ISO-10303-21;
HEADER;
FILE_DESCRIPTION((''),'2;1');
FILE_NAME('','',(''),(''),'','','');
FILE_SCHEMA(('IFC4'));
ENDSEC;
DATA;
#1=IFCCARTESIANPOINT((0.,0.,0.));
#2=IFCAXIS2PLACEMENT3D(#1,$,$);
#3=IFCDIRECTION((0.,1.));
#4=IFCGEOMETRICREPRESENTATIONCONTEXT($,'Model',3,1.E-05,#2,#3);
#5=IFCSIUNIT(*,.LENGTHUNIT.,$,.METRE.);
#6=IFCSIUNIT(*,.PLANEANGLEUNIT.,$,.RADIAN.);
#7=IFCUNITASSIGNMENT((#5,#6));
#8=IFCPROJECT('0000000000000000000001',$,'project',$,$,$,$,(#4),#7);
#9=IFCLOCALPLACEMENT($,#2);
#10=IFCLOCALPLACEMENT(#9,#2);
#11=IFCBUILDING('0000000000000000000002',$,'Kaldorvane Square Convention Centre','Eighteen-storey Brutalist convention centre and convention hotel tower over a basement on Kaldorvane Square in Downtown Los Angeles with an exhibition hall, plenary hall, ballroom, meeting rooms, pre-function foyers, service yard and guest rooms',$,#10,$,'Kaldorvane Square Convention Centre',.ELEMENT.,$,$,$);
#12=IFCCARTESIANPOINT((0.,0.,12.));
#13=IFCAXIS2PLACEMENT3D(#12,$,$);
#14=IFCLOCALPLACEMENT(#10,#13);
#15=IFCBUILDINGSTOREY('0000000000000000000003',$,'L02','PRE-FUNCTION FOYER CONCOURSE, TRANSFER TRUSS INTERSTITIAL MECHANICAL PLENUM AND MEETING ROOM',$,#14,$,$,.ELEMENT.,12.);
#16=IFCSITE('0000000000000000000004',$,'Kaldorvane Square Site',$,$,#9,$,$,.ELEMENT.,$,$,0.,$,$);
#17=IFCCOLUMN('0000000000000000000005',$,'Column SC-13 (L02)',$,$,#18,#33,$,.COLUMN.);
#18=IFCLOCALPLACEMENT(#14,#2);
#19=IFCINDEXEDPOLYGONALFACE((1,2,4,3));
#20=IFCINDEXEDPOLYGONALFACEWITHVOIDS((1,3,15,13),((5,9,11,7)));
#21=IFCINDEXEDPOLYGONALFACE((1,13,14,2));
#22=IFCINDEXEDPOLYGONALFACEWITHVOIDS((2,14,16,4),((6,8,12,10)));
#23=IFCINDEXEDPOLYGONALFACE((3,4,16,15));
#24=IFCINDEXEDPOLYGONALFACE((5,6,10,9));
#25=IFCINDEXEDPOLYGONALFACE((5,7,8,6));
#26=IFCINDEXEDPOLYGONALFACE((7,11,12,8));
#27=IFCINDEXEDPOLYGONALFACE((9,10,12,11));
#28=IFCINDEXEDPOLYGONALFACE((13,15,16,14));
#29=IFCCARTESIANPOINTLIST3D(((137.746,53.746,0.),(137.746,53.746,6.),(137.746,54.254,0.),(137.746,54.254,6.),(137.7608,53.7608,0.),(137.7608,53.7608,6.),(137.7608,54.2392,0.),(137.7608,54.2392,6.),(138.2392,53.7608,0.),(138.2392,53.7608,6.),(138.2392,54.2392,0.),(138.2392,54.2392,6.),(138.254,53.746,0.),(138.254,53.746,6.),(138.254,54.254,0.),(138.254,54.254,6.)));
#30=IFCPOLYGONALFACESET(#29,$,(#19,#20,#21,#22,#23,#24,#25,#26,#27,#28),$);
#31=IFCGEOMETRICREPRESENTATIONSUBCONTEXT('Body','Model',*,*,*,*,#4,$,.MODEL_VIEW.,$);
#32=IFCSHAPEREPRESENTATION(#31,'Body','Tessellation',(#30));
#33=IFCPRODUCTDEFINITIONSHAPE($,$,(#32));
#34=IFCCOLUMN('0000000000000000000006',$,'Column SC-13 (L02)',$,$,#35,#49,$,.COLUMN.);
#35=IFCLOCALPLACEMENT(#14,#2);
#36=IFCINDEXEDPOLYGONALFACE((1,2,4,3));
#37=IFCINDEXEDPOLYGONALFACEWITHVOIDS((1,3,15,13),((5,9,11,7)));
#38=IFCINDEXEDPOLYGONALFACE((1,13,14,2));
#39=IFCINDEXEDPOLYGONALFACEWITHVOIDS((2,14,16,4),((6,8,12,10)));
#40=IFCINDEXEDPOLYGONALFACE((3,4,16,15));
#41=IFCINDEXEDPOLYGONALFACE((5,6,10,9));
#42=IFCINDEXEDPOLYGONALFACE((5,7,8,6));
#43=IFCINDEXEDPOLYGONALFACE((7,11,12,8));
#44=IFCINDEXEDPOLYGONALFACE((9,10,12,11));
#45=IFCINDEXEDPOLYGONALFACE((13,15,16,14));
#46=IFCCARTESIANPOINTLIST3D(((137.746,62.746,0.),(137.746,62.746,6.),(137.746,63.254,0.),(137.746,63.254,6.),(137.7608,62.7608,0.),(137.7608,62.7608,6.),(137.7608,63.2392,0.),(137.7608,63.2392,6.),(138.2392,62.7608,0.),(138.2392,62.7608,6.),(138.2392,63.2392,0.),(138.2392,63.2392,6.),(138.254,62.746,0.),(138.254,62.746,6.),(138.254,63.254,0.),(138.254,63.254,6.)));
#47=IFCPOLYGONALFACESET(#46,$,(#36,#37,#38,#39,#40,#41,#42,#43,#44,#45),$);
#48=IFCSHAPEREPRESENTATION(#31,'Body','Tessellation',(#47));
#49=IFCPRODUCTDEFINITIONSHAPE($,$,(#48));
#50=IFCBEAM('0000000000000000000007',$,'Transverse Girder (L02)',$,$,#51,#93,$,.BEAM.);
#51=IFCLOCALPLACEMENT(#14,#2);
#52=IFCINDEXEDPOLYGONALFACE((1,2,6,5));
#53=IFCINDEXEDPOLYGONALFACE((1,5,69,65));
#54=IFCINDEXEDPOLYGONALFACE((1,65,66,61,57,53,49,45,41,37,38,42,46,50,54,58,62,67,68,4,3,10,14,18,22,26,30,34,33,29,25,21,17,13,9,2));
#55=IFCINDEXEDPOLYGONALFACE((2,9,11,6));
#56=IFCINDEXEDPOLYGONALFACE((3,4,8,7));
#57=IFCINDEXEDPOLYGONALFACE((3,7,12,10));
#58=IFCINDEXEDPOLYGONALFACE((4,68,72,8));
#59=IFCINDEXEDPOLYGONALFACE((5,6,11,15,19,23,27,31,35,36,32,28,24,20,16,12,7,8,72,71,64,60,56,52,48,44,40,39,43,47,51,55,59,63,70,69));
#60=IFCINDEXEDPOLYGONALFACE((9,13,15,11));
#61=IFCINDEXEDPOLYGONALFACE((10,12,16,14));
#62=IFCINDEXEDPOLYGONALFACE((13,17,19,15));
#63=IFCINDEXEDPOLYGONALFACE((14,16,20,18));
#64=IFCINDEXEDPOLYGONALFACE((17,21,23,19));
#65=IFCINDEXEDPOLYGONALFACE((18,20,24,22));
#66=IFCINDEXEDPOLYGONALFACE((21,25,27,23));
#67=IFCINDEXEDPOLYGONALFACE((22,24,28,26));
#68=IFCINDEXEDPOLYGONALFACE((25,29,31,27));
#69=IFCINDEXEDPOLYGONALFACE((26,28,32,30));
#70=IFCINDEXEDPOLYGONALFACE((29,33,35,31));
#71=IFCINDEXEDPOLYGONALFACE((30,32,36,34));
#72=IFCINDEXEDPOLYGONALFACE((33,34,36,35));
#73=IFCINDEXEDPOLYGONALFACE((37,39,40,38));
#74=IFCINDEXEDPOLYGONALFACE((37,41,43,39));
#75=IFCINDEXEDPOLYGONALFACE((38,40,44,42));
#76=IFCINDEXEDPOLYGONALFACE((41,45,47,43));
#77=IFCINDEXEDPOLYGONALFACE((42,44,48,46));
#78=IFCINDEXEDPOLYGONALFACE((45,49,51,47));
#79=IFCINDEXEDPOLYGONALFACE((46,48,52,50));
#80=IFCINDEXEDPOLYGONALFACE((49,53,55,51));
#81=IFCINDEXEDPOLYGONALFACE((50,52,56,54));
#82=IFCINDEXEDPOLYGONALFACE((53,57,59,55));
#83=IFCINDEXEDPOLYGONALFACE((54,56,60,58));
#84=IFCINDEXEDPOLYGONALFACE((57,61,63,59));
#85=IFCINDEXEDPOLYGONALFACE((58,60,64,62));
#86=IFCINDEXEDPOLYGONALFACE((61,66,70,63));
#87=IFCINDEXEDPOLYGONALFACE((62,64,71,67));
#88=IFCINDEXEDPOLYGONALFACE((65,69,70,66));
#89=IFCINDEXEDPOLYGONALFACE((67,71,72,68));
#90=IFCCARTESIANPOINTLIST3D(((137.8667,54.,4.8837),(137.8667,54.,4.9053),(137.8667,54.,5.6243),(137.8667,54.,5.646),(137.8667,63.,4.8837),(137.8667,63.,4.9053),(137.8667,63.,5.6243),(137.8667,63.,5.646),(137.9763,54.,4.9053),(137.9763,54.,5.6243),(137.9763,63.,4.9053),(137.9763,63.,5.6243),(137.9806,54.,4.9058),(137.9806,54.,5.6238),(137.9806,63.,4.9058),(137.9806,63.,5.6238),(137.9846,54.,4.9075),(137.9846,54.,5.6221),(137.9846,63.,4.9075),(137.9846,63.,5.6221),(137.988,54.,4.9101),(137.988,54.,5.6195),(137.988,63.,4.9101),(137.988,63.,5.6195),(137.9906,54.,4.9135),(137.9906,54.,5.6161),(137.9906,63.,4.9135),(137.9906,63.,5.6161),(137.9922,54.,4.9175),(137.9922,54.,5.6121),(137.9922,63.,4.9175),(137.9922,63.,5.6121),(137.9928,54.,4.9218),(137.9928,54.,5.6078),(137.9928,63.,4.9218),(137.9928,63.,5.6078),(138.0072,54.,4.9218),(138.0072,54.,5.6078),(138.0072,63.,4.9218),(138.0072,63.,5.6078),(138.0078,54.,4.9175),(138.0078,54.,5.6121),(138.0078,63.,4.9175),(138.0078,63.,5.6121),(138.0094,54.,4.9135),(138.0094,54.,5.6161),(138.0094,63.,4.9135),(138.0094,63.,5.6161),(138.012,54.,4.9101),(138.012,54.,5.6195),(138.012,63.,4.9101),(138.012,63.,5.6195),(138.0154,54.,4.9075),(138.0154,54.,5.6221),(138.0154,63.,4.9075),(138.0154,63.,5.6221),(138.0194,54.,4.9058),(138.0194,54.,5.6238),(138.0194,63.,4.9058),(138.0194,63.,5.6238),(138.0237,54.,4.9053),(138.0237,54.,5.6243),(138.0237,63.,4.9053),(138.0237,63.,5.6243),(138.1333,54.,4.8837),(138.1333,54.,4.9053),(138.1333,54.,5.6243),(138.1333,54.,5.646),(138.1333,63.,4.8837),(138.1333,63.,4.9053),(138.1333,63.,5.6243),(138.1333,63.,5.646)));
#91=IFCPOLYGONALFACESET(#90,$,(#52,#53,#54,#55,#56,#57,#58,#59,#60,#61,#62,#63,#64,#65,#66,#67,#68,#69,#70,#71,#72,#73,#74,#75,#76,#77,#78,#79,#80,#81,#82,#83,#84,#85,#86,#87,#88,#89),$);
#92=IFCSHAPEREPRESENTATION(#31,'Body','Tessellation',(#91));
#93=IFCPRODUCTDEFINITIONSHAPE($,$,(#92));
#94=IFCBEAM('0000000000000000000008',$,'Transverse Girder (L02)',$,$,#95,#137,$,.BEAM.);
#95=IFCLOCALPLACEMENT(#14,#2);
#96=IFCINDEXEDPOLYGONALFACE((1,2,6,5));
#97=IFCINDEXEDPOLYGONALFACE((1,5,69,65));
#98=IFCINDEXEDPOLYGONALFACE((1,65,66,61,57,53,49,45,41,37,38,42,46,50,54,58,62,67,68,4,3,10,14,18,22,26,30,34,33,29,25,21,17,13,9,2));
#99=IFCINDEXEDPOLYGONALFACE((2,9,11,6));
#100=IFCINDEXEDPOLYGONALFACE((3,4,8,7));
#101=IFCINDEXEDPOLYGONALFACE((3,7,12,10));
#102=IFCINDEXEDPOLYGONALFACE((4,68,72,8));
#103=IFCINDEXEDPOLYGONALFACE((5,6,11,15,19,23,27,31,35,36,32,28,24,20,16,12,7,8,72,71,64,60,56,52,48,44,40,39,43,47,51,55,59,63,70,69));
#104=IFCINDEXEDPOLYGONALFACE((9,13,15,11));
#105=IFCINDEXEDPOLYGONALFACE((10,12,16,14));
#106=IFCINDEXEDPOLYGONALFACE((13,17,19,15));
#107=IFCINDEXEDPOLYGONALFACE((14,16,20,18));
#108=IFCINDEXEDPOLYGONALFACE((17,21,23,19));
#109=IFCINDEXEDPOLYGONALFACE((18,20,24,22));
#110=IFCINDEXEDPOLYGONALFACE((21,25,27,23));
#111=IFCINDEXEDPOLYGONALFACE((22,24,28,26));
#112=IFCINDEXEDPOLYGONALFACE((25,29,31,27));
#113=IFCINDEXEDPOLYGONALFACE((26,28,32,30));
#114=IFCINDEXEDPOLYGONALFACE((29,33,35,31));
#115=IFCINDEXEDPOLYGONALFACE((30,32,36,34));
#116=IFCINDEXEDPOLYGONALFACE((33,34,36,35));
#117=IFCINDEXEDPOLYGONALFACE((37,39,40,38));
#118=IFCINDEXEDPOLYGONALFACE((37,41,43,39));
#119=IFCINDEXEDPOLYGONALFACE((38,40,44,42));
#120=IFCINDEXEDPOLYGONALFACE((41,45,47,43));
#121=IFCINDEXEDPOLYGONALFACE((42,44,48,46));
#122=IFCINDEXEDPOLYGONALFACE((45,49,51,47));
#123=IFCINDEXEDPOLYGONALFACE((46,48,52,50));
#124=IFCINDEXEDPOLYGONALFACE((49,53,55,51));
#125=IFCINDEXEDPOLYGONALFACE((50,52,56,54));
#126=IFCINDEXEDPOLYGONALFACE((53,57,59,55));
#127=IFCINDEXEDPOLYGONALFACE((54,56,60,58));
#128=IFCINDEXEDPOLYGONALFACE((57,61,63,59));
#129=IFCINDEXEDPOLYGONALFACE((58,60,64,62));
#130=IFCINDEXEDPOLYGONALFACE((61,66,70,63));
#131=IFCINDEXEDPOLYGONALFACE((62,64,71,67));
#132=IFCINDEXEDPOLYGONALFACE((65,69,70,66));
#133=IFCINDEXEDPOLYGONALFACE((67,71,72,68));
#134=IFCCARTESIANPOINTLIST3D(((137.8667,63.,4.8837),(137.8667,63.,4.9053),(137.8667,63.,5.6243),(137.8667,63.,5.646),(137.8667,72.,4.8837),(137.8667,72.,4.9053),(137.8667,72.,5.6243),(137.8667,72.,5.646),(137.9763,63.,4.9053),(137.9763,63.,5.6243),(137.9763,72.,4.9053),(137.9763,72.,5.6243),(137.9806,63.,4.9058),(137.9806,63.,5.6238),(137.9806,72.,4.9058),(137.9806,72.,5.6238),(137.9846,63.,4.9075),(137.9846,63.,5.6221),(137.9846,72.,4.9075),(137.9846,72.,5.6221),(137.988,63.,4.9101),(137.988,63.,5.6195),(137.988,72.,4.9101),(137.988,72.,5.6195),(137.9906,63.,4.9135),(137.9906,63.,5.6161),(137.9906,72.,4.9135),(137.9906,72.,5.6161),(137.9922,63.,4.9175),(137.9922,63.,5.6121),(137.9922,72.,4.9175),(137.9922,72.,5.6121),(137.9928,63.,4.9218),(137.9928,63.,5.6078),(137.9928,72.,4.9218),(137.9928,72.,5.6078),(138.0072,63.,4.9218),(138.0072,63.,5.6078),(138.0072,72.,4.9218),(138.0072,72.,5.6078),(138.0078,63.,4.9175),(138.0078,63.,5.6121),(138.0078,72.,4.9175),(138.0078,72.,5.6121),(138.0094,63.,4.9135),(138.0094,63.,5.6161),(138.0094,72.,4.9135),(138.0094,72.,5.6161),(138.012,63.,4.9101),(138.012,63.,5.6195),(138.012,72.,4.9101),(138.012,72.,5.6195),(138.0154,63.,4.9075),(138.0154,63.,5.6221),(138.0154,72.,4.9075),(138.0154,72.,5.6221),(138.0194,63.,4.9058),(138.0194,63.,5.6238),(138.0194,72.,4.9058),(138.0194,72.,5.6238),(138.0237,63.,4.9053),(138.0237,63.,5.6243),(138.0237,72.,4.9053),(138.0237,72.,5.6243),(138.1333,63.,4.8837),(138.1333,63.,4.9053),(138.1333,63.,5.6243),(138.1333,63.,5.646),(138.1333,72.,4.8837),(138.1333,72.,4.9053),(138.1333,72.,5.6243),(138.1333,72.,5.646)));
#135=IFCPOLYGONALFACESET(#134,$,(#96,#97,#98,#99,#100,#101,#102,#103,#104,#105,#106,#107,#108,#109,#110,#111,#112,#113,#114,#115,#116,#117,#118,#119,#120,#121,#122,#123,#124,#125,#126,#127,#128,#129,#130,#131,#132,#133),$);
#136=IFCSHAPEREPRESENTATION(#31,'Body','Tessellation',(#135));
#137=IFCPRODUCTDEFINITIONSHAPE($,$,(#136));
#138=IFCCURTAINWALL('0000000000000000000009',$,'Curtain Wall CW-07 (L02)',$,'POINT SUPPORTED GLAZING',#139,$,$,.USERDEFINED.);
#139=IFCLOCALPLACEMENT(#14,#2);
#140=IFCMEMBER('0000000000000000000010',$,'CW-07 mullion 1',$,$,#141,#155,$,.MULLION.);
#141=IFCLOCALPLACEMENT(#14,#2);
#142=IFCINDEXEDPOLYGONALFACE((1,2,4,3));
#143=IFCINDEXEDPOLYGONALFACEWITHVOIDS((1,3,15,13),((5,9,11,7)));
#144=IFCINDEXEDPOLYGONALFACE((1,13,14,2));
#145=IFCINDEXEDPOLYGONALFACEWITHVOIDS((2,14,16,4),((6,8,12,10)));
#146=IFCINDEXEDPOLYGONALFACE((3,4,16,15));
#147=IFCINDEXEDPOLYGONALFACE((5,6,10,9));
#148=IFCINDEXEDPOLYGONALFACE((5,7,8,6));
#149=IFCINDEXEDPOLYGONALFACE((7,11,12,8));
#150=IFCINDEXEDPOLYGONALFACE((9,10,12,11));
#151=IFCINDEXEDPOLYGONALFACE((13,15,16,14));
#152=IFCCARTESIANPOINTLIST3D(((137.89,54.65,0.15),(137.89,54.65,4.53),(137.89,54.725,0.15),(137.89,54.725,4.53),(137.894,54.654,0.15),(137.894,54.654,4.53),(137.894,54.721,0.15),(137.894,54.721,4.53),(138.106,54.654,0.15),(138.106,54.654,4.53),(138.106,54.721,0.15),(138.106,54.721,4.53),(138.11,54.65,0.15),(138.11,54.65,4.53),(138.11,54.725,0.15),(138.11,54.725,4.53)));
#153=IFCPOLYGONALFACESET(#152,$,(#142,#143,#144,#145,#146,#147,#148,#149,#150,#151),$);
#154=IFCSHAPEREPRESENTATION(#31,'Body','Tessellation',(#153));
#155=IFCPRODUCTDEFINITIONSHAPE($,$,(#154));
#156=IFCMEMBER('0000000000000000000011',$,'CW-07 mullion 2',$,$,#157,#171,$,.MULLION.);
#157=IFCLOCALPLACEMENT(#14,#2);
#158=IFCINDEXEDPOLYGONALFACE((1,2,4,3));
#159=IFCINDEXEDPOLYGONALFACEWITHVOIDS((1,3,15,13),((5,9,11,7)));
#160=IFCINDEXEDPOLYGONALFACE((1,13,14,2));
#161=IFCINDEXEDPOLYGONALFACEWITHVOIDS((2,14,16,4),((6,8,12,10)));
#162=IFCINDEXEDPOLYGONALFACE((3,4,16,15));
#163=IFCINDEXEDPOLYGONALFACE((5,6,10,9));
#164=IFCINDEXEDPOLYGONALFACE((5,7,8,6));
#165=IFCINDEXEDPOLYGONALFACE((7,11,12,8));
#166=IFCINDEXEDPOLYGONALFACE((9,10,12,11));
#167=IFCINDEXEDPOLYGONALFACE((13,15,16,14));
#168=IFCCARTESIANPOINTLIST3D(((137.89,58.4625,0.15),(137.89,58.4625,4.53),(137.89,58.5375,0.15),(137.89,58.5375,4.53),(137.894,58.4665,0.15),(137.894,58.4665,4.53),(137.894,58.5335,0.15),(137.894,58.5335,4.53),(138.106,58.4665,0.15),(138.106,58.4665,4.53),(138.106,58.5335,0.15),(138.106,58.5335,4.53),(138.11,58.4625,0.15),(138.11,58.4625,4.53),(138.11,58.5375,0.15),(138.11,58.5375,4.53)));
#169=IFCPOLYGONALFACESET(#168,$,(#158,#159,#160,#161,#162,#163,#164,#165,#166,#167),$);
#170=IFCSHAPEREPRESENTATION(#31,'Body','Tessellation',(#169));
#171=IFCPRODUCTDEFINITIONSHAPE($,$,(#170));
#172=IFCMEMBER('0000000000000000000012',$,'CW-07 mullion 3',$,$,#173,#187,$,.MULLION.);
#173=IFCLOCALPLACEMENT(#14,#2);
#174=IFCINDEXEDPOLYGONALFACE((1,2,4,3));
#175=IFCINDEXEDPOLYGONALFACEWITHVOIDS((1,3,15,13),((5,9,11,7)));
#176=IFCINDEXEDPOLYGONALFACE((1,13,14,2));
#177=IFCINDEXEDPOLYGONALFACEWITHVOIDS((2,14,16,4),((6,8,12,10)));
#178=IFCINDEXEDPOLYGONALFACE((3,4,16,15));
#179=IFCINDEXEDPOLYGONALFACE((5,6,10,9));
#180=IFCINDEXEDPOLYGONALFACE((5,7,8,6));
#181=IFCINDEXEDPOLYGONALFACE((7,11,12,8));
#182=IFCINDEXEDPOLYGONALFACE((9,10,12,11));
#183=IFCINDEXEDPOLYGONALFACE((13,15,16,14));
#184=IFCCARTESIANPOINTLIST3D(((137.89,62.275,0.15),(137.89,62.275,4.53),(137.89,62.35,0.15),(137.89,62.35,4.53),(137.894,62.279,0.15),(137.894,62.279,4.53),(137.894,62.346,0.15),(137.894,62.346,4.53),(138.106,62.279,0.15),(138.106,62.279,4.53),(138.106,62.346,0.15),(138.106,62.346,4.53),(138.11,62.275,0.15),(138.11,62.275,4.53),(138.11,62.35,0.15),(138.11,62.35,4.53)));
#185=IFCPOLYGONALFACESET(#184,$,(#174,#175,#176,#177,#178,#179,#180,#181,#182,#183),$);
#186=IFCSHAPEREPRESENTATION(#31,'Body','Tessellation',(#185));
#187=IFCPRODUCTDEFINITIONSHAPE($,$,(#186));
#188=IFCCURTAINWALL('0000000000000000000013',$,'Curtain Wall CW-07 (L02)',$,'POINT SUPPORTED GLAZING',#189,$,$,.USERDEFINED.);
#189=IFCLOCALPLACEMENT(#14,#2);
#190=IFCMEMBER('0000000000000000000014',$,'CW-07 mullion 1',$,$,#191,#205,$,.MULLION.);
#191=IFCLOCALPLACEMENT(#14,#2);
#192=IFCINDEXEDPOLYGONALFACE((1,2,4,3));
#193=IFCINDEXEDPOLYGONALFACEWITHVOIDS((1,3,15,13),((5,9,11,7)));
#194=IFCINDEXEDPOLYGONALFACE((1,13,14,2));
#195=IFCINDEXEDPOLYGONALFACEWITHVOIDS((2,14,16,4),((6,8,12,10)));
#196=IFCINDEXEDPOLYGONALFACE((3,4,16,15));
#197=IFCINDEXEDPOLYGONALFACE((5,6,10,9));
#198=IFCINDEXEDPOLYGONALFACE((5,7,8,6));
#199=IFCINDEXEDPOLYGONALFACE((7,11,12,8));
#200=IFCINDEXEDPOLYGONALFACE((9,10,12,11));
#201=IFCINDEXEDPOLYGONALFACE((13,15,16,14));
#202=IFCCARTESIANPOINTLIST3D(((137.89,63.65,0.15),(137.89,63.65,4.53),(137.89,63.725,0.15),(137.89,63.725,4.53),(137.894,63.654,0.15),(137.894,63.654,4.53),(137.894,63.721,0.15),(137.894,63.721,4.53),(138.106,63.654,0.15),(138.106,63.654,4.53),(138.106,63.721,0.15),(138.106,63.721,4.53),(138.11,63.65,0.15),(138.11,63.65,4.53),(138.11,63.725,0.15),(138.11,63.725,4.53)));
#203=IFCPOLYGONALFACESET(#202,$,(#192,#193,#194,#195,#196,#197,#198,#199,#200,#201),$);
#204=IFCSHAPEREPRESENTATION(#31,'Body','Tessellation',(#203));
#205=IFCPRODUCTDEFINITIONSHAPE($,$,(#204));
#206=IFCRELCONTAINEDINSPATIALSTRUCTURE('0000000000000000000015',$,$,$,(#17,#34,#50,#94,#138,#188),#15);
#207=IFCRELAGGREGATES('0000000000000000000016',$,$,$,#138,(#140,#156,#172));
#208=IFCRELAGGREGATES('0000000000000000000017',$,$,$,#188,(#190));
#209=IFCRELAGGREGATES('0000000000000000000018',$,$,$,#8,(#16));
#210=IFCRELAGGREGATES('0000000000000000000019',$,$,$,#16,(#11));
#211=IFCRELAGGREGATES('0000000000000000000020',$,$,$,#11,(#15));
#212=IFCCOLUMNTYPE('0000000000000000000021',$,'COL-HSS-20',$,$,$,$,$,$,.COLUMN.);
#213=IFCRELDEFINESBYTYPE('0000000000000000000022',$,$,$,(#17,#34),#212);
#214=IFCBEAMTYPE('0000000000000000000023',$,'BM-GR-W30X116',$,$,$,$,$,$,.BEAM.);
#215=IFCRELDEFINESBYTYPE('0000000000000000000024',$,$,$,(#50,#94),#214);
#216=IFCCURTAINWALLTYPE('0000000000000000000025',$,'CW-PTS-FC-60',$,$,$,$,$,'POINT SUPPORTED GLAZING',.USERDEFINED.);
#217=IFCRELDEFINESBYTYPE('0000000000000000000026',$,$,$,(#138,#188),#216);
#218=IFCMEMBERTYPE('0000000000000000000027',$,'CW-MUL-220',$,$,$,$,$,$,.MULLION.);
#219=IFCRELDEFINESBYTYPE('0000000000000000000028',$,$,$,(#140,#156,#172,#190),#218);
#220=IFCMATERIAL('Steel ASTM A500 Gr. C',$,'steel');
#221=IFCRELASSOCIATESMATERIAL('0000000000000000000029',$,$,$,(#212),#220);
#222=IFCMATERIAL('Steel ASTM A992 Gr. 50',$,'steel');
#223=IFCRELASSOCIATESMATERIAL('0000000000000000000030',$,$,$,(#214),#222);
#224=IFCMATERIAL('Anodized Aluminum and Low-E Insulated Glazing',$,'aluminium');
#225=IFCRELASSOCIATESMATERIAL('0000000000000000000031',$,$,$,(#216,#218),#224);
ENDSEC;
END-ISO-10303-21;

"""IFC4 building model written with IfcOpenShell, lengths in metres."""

from ifc_helpers import new_model, si_unit, direction, frame, origin, origin_2d, place, context, subcontext, project, spatial, hollow_rectangle, i_section, extrude, material, material_profile, profile_set, type_object, element, aggregate, save


model = new_model("IFC4")

# Units and contexts
model_context = context("Model", 3, precision=1e-05, world=origin(), true_north=direction((0.0, 1.0)))
body_context = subcontext(model_context, "Body", "Model", "MODEL_VIEW")
ifc_project = project(units=[si_unit("LENGTHUNIT", "METRE"), si_unit("PLANEANGLEUNIT", "RADIAN")], contexts=[model_context])

# Site, building, storey
site_placement = place(None, origin())
site = spatial("IfcSite", under=ifc_project, at=site_placement, Name="Kaldorvane Square Site", CompositionType="ELEMENT", RefElevation=0.0)
building_placement = place(site_placement, origin())
building = spatial("IfcBuilding", under=site, at=building_placement, Name="Kaldorvane Square Convention Centre", Description="Eighteen-storey Brutalist convention centre and convention hotel tower over a basement on Kaldorvane Square in Downtown Los Angeles with an exhibition hall, plenary hall, ballroom, meeting rooms, pre-function foyers, service yard and guest rooms", LongName="Kaldorvane Square Convention Centre", CompositionType="ELEMENT")
storey_placement = place(building_placement, frame((0.0, 0.0, 12.0)))
storey = spatial("IfcBuildingStorey", under=building, at=storey_placement, Name="L02", Description="PRE-FUNCTION FOYER CONCOURSE, TRANSFER TRUSS INTERSTITIAL MECHANICAL PLENUM AND MEETING ROOM", CompositionType="ELEMENT", Elevation=12.0)

# Columns
ifc_material_1 = material(Name="Steel ASTM A500 Gr. C", Category="steel")
ifc_material_profile_1 = material_profile(ifc_material_1, hollow_rectangle(XDim=0.508, YDim=0.508, WallThickness=0.0148, at=origin_2d()), Name="HSS20X20X5/8")
ifc_profile_set_1 = profile_set([ifc_material_profile_1], Name="Steel ASTM A500 Gr. C")
column_type = type_object("IfcColumnType", Name="COL-HSS-20", PredefinedType="COLUMN", material=ifc_profile_set_1)
for number, where, z_axis, x_axis, name in (
    (1, (138.0, 54.0, 0.0), (0.0, 0.0, 1.0), (1.0, 0.0, 0.0), "Column SC-13 (L02)"),
    (2, (138.0, 63.0, 0.0), (0.0, 0.0, 1.0), (1.0, 0.0, 0.0), "Column SC-13 (L02)"),
):
    element("IfcColumn", number, at=place(storey_placement, frame(where, z_axis=z_axis, x_axis=x_axis)), inside=storey, type_object=column_type, Name=name, PredefinedType="COLUMN", context=body_context, shape_type="SweptSolid", body=[
        extrude(hollow_rectangle(XDim=0.508, YDim=0.508, WallThickness=0.0148, at=origin_2d()), origin(), (0.0, 0.0, 1.0), 6.0),
    ])

# Beams
ifc_material_2 = material(Name="Steel ASTM A992 Gr. 50", Category="steel")
ifc_material_profile_2 = material_profile(ifc_material_2, i_section(OverallWidth=0.2666, OverallDepth=0.7623, WebThickness=0.0144, FlangeThickness=0.0216, FilletRadius=0.0165, at=origin_2d()), Name="W30X116")
ifc_profile_set_2 = profile_set([ifc_material_profile_2], Name="Steel ASTM A992 Gr. 50")
beam_type = type_object("IfcBeamType", Name="BM-GR-W30X116", PredefinedType="BEAM", material=ifc_profile_set_2)
for number, where, z_axis, x_axis, name in (
    (3, (138.0, 54.0, 5.2648), (0.0, 1.0, 0.0), (-1.0, 0.0, 0.0), "Transverse Girder (L02)"),
    (4, (138.0, 63.0, 5.2648), (0.0, 1.0, 0.0), (-1.0, 0.0, 0.0), "Transverse Girder (L02)"),
):
    element("IfcBeam", number, at=place(storey_placement, frame(where, z_axis=z_axis, x_axis=x_axis)), inside=storey, type_object=beam_type, Name=name, PredefinedType="BEAM", context=body_context, shape_type="SweptSolid", body=[
        extrude(i_section(OverallWidth=0.2666, OverallDepth=0.7623, WebThickness=0.0144, FlangeThickness=0.0216, FilletRadius=0.0165, at=origin_2d()), origin(), (0.0, 0.0, 1.0), 9.0),
    ])

# Curtain wall, members
ifc_material_3 = material(Name="Anodized Aluminum and Low-E Insulated Glazing", Category="aluminium")
curtain_wall_type = type_object("IfcCurtainWallType", Name="CW-PTS-FC-60", ElementType="POINT SUPPORTED GLAZING", PredefinedType="USERDEFINED", material=ifc_material_3)
curtain_wall_1_placement = place(storey_placement, origin())
curtain_wall_1 = element("IfcCurtainWall", 5, at=curtain_wall_1_placement, inside=storey, type_object=curtain_wall_type, Name="Curtain Wall CW-07 (L02)", ObjectType="POINT SUPPORTED GLAZING", PredefinedType="USERDEFINED")
ifc_material_profile_3 = material_profile(ifc_material_3, hollow_rectangle(XDim=0.075, YDim=0.22, WallThickness=0.004, at=origin_2d()), Name="CWM-220X75")
ifc_profile_set_3 = profile_set([ifc_material_profile_3], Name="Anodized Aluminum and Low-E Insulated Glazing")
member_type_1 = type_object("IfcMemberType", Name="CW-MUL-220", PredefinedType="MULLION", material=ifc_profile_set_3)
member_1_placement = place(storey_placement, frame((138.0, 54.6875, 0.15), z_axis=(0.0, 0.0, 1.0), x_axis=(0.0, 1.0, 0.0)))
member_1 = element("IfcMember", 6, at=member_1_placement, type_object=member_type_1, Name="CW-07 mullion 1", PredefinedType="MULLION", context=body_context, shape_type="SweptSolid", body=[
    extrude(hollow_rectangle(XDim=0.075, YDim=0.22, WallThickness=0.004, at=origin_2d()), origin(), (0.0, 0.0, 1.0), 4.38),
])
member_2_placement = place(storey_placement, frame((138.0, 58.5, 0.15), z_axis=(0.0, 0.0, 1.0), x_axis=(0.0, 1.0, 0.0)))
member_2 = element("IfcMember", 7, at=member_2_placement, type_object=member_type_1, Name="CW-07 mullion 2", PredefinedType="MULLION", context=body_context, shape_type="SweptSolid", body=[
    extrude(hollow_rectangle(XDim=0.075, YDim=0.22, WallThickness=0.004, at=origin_2d()), origin(), (0.0, 0.0, 1.0), 4.38),
])
member_3_placement = place(storey_placement, frame((138.0, 62.3125, 0.15), z_axis=(0.0, 0.0, 1.0), x_axis=(0.0, 1.0, 0.0)))
member_3 = element("IfcMember", 8, at=member_3_placement, type_object=member_type_1, Name="CW-07 mullion 3", PredefinedType="MULLION", context=body_context, shape_type="SweptSolid", body=[
    extrude(hollow_rectangle(XDim=0.075, YDim=0.22, WallThickness=0.004, at=origin_2d()), origin(), (0.0, 0.0, 1.0), 4.38),
])

# Curtain wall, member
curtain_wall_2_placement = place(storey_placement, origin())
curtain_wall_2 = element("IfcCurtainWall", 9, at=curtain_wall_2_placement, inside=storey, type_object=curtain_wall_type, Name="Curtain Wall CW-07 (L02)", ObjectType="POINT SUPPORTED GLAZING", PredefinedType="USERDEFINED")
member_4_placement = place(storey_placement, frame((138.0, 63.6875, 0.15), z_axis=(0.0, 0.0, 1.0), x_axis=(0.0, 1.0, 0.0)))
member_4 = element("IfcMember", 10, at=member_4_placement, type_object=member_type_1, Name="CW-07 mullion 1", PredefinedType="MULLION", context=body_context, shape_type="SweptSolid", body=[
    extrude(hollow_rectangle(XDim=0.075, YDim=0.22, WallThickness=0.004, at=origin_2d()), origin(), (0.0, 0.0, 1.0), 4.38),
])

aggregate(curtain_wall_1, [member_1, member_2, member_3])
aggregate(curtain_wall_2, [member_4])

save(model, "model.ifc")
